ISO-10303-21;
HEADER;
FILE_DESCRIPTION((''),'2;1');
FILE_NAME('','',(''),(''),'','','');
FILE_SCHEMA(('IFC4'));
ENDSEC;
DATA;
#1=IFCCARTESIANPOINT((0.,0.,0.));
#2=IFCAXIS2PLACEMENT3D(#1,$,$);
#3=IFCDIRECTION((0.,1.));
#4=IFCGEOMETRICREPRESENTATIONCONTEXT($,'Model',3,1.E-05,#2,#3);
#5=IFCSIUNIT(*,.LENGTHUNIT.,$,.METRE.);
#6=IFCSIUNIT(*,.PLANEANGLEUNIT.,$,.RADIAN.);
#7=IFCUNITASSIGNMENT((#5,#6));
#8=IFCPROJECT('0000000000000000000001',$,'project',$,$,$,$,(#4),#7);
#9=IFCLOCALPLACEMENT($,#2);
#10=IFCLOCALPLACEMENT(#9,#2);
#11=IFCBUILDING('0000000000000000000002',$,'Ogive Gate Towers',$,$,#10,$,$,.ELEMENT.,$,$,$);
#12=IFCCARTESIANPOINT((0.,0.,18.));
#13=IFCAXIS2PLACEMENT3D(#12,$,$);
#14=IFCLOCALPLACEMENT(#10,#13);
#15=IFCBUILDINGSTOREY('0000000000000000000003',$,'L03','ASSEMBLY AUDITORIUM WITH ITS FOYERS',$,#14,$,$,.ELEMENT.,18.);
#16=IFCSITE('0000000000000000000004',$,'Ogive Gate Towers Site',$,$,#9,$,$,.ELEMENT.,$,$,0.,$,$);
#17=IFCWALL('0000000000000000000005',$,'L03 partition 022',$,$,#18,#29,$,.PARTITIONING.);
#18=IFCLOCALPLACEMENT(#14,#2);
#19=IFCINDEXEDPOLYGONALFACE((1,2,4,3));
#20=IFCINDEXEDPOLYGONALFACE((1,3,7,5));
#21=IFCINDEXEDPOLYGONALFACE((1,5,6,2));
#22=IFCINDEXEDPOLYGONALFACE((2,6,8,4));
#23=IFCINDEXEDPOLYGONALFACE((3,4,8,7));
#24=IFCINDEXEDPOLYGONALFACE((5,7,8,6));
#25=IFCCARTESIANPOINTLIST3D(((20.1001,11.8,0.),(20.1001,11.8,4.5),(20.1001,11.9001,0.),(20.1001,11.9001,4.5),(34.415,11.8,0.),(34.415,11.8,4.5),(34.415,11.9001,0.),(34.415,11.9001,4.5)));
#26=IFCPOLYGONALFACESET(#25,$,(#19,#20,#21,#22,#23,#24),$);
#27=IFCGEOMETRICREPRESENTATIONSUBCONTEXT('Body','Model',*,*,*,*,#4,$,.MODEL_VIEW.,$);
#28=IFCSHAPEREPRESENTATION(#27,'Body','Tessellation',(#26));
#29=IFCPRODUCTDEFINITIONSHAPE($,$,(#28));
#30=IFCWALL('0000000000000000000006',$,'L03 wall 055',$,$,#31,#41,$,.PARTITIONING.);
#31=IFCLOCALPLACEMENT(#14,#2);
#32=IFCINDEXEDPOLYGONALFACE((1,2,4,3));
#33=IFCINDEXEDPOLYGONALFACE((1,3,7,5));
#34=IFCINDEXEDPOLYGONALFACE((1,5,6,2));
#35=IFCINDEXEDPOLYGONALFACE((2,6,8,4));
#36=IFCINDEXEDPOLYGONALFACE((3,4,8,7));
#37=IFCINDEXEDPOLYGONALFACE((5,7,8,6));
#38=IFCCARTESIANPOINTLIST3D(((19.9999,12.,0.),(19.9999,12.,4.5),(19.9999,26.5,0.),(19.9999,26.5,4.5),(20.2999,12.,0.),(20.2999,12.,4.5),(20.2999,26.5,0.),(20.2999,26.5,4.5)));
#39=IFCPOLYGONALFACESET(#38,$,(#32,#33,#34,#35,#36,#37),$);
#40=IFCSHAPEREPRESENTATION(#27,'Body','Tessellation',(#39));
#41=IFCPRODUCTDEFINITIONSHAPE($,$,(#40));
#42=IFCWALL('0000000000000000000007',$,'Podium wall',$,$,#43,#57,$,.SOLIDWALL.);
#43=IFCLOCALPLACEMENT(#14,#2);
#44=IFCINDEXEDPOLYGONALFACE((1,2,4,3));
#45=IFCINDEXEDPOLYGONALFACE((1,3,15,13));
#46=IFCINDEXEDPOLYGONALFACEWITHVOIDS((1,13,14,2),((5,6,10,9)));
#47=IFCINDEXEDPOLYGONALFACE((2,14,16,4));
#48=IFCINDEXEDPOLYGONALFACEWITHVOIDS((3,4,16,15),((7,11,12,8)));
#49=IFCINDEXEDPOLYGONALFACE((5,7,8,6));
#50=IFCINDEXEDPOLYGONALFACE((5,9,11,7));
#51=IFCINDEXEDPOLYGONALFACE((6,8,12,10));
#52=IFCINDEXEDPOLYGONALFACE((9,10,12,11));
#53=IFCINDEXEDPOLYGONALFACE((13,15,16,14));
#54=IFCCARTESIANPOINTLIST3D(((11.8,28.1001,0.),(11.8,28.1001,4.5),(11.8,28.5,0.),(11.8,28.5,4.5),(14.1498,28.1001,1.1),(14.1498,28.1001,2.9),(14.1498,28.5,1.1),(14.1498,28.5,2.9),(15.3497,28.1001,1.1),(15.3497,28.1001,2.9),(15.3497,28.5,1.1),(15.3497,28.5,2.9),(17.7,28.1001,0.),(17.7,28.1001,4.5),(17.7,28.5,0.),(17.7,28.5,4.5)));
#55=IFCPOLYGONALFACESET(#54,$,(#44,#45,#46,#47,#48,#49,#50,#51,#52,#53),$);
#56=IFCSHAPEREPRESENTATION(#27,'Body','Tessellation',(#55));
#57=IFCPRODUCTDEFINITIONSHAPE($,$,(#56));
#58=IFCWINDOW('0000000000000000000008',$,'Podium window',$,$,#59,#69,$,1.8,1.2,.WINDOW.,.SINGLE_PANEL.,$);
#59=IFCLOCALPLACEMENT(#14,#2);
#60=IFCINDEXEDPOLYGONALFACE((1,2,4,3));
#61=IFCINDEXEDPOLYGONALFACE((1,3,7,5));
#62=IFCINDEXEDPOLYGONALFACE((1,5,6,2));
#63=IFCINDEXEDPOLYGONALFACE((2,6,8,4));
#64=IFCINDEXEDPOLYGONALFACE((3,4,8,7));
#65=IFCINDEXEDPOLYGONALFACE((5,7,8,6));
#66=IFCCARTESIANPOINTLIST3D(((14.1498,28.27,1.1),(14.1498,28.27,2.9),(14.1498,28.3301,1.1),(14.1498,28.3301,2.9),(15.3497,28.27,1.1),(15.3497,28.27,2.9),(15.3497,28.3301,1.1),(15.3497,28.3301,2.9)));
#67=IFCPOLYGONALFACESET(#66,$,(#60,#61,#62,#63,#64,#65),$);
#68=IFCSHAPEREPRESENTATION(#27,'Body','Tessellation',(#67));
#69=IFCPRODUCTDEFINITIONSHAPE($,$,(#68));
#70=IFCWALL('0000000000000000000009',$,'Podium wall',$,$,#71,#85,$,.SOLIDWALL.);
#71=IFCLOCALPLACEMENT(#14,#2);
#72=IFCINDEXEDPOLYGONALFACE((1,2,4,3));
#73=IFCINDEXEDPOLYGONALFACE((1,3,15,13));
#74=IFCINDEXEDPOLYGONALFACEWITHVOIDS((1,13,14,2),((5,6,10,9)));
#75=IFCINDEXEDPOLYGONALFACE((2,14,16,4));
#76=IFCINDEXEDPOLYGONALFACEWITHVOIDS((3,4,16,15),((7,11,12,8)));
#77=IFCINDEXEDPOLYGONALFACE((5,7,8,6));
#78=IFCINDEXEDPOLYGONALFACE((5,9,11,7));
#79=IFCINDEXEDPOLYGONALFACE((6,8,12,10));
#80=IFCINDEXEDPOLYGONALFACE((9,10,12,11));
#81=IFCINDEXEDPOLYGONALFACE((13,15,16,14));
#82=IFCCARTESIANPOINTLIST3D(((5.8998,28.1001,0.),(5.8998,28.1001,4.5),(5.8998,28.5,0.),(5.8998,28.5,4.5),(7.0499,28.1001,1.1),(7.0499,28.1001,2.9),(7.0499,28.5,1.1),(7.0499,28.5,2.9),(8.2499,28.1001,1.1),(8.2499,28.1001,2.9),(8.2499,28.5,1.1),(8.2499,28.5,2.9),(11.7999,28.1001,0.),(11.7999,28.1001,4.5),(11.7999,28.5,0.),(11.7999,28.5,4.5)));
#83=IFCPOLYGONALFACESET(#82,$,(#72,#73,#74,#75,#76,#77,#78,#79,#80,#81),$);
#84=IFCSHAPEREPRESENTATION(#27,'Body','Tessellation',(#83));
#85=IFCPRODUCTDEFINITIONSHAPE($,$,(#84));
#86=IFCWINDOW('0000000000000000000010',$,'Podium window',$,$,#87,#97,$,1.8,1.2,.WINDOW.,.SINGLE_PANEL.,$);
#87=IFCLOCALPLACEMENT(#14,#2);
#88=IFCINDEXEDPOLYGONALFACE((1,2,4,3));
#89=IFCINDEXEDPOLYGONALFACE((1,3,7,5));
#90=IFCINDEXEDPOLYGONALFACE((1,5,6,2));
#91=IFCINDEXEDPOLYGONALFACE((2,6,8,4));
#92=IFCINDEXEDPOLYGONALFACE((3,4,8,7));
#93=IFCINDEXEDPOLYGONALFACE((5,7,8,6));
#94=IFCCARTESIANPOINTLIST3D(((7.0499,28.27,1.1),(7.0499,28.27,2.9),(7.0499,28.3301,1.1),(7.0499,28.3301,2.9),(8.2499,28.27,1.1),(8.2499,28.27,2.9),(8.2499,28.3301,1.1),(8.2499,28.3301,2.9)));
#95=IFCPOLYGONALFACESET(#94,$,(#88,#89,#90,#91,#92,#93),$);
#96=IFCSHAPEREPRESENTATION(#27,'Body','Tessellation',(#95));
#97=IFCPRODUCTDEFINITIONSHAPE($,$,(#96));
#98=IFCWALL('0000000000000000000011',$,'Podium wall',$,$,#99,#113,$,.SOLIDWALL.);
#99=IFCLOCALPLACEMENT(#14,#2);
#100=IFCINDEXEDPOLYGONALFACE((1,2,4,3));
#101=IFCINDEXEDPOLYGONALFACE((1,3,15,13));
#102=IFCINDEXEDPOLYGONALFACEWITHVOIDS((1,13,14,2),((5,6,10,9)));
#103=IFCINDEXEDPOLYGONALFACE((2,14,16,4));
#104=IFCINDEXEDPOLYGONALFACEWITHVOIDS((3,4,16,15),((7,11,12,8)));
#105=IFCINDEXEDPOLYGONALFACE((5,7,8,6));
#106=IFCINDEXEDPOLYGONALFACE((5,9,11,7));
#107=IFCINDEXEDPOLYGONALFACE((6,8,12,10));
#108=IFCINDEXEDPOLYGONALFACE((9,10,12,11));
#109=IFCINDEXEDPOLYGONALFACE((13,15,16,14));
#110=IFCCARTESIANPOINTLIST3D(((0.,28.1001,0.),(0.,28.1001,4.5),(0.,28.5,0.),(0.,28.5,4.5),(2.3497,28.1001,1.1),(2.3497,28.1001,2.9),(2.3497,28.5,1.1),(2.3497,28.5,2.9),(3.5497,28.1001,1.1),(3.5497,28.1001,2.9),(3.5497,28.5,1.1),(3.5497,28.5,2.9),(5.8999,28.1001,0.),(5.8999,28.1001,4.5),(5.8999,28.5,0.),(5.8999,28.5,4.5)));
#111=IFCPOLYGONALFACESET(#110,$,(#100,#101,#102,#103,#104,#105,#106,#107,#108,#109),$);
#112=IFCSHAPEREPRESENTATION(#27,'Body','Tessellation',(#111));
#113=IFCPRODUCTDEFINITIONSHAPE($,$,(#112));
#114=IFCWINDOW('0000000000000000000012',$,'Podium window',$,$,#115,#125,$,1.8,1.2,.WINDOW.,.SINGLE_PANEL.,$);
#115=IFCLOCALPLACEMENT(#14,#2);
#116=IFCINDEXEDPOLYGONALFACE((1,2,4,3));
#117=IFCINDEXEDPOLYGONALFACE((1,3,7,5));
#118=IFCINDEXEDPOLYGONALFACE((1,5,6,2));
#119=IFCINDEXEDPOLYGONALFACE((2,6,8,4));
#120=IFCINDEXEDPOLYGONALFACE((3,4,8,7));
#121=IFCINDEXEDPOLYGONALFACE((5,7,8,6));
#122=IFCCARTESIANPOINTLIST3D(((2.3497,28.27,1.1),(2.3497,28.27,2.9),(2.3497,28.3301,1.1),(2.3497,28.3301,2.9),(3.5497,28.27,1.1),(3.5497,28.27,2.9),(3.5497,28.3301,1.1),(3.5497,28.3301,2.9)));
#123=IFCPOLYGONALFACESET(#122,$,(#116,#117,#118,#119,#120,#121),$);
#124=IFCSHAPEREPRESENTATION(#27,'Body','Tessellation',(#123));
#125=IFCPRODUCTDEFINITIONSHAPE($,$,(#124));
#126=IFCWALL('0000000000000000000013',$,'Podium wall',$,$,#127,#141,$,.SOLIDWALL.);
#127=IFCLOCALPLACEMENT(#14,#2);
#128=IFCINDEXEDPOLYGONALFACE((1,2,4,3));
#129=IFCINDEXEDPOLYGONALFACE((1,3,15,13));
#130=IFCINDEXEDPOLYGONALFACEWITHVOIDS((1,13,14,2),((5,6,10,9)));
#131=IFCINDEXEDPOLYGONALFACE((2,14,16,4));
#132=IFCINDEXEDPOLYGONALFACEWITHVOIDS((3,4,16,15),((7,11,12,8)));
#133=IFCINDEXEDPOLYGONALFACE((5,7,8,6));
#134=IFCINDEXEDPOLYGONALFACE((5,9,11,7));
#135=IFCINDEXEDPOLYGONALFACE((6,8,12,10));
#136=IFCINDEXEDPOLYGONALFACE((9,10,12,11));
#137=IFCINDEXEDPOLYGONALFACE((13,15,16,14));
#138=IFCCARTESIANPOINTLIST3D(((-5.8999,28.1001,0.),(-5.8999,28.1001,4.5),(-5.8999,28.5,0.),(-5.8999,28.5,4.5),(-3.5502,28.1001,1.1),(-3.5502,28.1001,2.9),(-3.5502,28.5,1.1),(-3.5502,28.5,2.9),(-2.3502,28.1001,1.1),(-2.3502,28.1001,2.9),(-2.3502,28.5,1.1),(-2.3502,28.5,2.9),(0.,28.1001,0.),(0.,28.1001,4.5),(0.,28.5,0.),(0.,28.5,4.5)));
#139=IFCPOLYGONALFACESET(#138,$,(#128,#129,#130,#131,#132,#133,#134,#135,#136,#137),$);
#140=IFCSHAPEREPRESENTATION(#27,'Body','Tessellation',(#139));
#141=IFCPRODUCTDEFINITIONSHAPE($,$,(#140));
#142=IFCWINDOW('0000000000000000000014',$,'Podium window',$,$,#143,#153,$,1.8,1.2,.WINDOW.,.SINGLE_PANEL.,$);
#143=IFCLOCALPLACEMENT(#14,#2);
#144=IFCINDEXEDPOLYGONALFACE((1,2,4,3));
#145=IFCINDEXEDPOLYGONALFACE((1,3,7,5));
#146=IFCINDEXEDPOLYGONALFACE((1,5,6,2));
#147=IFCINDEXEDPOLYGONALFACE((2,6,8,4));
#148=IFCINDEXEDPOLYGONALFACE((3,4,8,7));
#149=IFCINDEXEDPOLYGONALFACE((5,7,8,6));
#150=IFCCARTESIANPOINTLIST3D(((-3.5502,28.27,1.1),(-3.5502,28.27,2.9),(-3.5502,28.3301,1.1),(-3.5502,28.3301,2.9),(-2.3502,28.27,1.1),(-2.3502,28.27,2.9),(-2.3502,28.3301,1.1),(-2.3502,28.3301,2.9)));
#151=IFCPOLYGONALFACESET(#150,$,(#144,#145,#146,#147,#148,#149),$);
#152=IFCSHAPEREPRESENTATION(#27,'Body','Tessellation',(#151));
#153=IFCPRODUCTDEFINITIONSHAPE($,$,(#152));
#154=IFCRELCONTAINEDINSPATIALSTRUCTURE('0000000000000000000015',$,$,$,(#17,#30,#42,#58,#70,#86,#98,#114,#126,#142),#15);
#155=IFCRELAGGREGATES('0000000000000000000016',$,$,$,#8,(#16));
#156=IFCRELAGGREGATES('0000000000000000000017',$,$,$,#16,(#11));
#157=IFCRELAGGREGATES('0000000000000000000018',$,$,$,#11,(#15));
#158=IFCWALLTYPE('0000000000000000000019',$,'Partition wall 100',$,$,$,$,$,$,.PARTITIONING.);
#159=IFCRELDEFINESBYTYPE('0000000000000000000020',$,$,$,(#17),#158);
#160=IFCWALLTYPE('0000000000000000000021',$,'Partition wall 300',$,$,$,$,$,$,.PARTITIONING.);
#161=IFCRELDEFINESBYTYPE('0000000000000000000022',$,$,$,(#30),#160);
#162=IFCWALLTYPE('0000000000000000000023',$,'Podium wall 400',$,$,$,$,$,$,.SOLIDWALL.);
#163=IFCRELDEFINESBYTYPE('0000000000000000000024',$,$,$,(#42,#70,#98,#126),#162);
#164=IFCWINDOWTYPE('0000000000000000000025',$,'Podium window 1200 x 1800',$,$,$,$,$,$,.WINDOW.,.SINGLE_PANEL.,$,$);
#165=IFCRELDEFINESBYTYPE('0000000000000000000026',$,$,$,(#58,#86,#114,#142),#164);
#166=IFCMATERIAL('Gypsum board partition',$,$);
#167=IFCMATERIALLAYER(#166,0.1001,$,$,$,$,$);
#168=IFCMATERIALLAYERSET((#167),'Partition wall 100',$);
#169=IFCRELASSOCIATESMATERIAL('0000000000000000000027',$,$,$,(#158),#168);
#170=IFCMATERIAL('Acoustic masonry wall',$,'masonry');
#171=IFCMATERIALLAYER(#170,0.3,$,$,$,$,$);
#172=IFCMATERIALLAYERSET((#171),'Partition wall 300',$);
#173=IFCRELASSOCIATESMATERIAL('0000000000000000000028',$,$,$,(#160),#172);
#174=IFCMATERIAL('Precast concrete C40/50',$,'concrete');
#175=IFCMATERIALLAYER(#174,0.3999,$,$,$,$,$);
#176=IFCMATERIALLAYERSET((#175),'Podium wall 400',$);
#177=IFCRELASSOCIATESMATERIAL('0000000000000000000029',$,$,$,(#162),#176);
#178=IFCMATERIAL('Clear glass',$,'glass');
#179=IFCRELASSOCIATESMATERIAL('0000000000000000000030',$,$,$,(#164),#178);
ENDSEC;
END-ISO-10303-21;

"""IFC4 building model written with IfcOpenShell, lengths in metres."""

from ifc_helpers import new_model, si_unit, direction, frame, frame_2d, origin, place, context, subcontext, project, spatial, rectangle, extrude, material, layer, layer_set, type_object, element, fill, save


model = new_model("IFC4")

# Units and contexts
model_context = context("Model", 3, precision=1e-05, world=origin(), true_north=direction((0.0, 1.0)))
body_context = subcontext(model_context, "Body", "Model", "MODEL_VIEW")
ifc_project = project(units=[si_unit("LENGTHUNIT", "METRE"), si_unit("PLANEANGLEUNIT", "RADIAN")], contexts=[model_context])

# Site, building, storey
site_placement = place(None, origin())
site = spatial("IfcSite", under=ifc_project, at=site_placement, Name="Ogive Gate Towers Site", CompositionType="ELEMENT", RefElevation=0.0)
building_placement = place(site_placement, origin())
building = spatial("IfcBuilding", under=site, at=building_placement, Name="Ogive Gate Towers", CompositionType="ELEMENT")
storey_placement = place(building_placement, frame((0.0, 0.0, 18.0)))
storey = spatial("IfcBuildingStorey", under=building, at=storey_placement, Name="L03", Description="ASSEMBLY AUDITORIUM WITH ITS FOYERS", CompositionType="ELEMENT", Elevation=18.0)

# Walls
ifc_material_1 = material(Name="Gypsum board partition")
ifc_layer_1 = layer(ifc_material_1, 0.1001)
ifc_layer_set_1 = layer_set([ifc_layer_1], Name="Partition wall 100")
wall_type_1 = type_object("IfcWallType", Name="Partition wall 100", PredefinedType="PARTITIONING", material=ifc_layer_set_1)
wall_1_placement = place(storey_placement, frame((20.1001, 11.8501, 0.0), z_axis=(0.0, 0.0, 1.0), x_axis=(1.0, 0.0, 0.0)))
element("IfcWall", 1, at=wall_1_placement, inside=storey, type_object=wall_type_1, Name="L03 partition 022", PredefinedType="PARTITIONING", context=body_context, shape_type="SweptSolid", body=[
    extrude(rectangle(XDim=14.3149, YDim=0.1001, at=frame_2d((7.1575, 0.0))), origin(), (0.0, 0.0, 1.0), 4.5),
])
ifc_material_2 = material(Name="Acoustic masonry wall", Category="masonry")
ifc_layer_2 = layer(ifc_material_2, 0.3)
ifc_layer_set_2 = layer_set([ifc_layer_2], Name="Partition wall 300")
wall_type_2 = type_object("IfcWallType", Name="Partition wall 300", PredefinedType="PARTITIONING", material=ifc_layer_set_2)
wall_2_placement = place(storey_placement, frame((20.1499, 12.0, 0.0), z_axis=(0.0, 0.0, 1.0), x_axis=(0.0, 1.0, 0.0)))
element("IfcWall", 2, at=wall_2_placement, inside=storey, type_object=wall_type_2, Name="L03 wall 055", PredefinedType="PARTITIONING", context=body_context, shape_type="SweptSolid", body=[
    extrude(rectangle(XDim=14.5, YDim=0.3, at=frame_2d((7.25, 0.0))), origin(), (0.0, 0.0, 1.0), 4.5),
])

# Walls, openings, windows
ifc_material_3 = material(Name="Precast concrete C40/50", Category="concrete")
ifc_layer_3 = layer(ifc_material_3, 0.3999)
ifc_layer_set_3 = layer_set([ifc_layer_3], Name="Podium wall 400")
wall_type_3 = type_object("IfcWallType", Name="Podium wall 400", PredefinedType="SOLIDWALL", material=ifc_layer_set_3)
wall_3_placement = place(storey_placement, frame((17.7, 28.3, 0.0), z_axis=(0.0, 0.0, 1.0), x_axis=(-1.0, 0.0, 0.0)))
wall_3 = element("IfcWall", 3, at=wall_3_placement, inside=storey, type_object=wall_type_3, Name="Podium wall", PredefinedType="SOLIDWALL", context=body_context, shape_type="SweptSolid", body=[
    extrude(rectangle(XDim=5.8999, YDim=0.3999, at=frame_2d((2.95, 0.0))), origin(), (0.0, 0.0, 1.0), 4.5),
])
opening_1_placement = place(wall_3_placement, frame((2.3501, 0.0, 1.1001)))
opening_1 = element("IfcOpeningElement", 4, at=opening_1_placement, cuts=wall_3, PredefinedType="OPENING", context=body_context, shape_type="SweptSolid", body=[
    extrude(rectangle(XDim=1.2, YDim=1.8, at=frame_2d((0.6001, 0.8999))), frame((0.0, 0.21, 0.0), z_axis=(0.0, -1.0, 0.0), x_axis=(1.0, 0.0, 0.0)), (0.0, 0.0, 1.0), 0.4199),
])
ifc_material_4 = material(Name="Clear glass", Category="glass")
window_type = type_object("IfcWindowType", Name="Podium window 1200 x 1800", PartitioningType="SINGLE_PANEL", PredefinedType="WINDOW", material=ifc_material_4)
window_1_placement = place(opening_1_placement, origin())
window_1 = element("IfcWindow", 5, at=window_1_placement, inside=storey, type_object=window_type, Name="Podium window", OverallHeight=1.8, OverallWidth=1.2, PartitioningType="SINGLE_PANEL", PredefinedType="WINDOW", context=body_context, shape_type="SweptSolid", body=[
    extrude(rectangle(XDim=1.2, YDim=1.8, at=frame_2d((0.6001, 0.8999))), frame((0.0, 0.03, 0.0), z_axis=(0.0, -1.0, 0.0), x_axis=(1.0, 0.0, 0.0)), (0.0, 0.0, 1.0), 0.0601),
])
fill(opening_1, window_1)
wall_4_placement = place(storey_placement, frame((11.8, 28.3, 0.0), z_axis=(0.0, 0.0, 1.0), x_axis=(-1.0, 0.0, 0.0)))
wall_4 = element("IfcWall", 6, at=wall_4_placement, inside=storey, type_object=wall_type_3, Name="Podium wall", PredefinedType="SOLIDWALL", context=body_context, shape_type="SweptSolid", body=[
    extrude(rectangle(XDim=5.9001, YDim=0.3999, at=frame_2d((2.9502, 0.0))), origin(), (0.0, 0.0, 1.0), 4.5),
])
opening_2_placement = place(wall_4_placement, frame((3.55, 0.0, 1.1001)))
opening_2 = element("IfcOpeningElement", 7, at=opening_2_placement, cuts=wall_4, PredefinedType="OPENING", context=body_context, shape_type="SweptSolid", body=[
    extrude(rectangle(XDim=1.2, YDim=1.8, at=frame_2d((0.6001, 0.8999))), frame((0.0, 0.21, 0.0), z_axis=(0.0, -1.0, 0.0), x_axis=(1.0, 0.0, 0.0)), (0.0, 0.0, 1.0), 0.4199),
])
window_2_placement = place(opening_2_placement, origin())
window_2 = element("IfcWindow", 8, at=window_2_placement, inside=storey, type_object=window_type, Name="Podium window", OverallHeight=1.8, OverallWidth=1.2, PartitioningType="SINGLE_PANEL", PredefinedType="WINDOW", context=body_context, shape_type="SweptSolid", body=[
    extrude(rectangle(XDim=1.2, YDim=1.8, at=frame_2d((0.6001, 0.8999))), frame((0.0, 0.03, 0.0), z_axis=(0.0, -1.0, 0.0), x_axis=(1.0, 0.0, 0.0)), (0.0, 0.0, 1.0), 0.0601),
])
fill(opening_2, window_2)
wall_5_placement = place(storey_placement, frame((5.8999, 28.3, 0.0), z_axis=(0.0, 0.0, 1.0), x_axis=(-1.0, 0.0, 0.0)))
wall_5 = element("IfcWall", 9, at=wall_5_placement, inside=storey, type_object=wall_type_3, Name="Podium wall", PredefinedType="SOLIDWALL", context=body_context, shape_type="SweptSolid", body=[
    extrude(rectangle(XDim=5.8999, YDim=0.3999, at=frame_2d((2.95, 0.0))), origin(), (0.0, 0.0, 1.0), 4.5),
])
opening_3_placement = place(wall_5_placement, frame((2.3501, 0.0, 1.1001)))
opening_3 = element("IfcOpeningElement", 10, at=opening_3_placement, cuts=wall_5, PredefinedType="OPENING", context=body_context, shape_type="SweptSolid", body=[
    extrude(rectangle(XDim=1.2, YDim=1.8, at=frame_2d((0.6001, 0.8999))), frame((0.0, 0.21, 0.0), z_axis=(0.0, -1.0, 0.0), x_axis=(1.0, 0.0, 0.0)), (0.0, 0.0, 1.0), 0.4199),
])
window_3_placement = place(opening_3_placement, origin())
window_3 = element("IfcWindow", 11, at=window_3_placement, inside=storey, type_object=window_type, Name="Podium window", OverallHeight=1.8, OverallWidth=1.2, PartitioningType="SINGLE_PANEL", PredefinedType="WINDOW", context=body_context, shape_type="SweptSolid", body=[
    extrude(rectangle(XDim=1.2, YDim=1.8, at=frame_2d((0.6001, 0.8999))), frame((0.0, 0.03, 0.0), z_axis=(0.0, -1.0, 0.0), x_axis=(1.0, 0.0, 0.0)), (0.0, 0.0, 1.0), 0.0601),
])
fill(opening_3, window_3)
wall_6_placement = place(storey_placement, frame((0.0, 28.3, 0.0), z_axis=(0.0, 0.0, 1.0), x_axis=(-1.0, 0.0, 0.0)))
wall_6 = element("IfcWall", 12, at=wall_6_placement, inside=storey, type_object=wall_type_3, Name="Podium wall", PredefinedType="SOLIDWALL", context=body_context, shape_type="SweptSolid", body=[
    extrude(rectangle(XDim=5.8999, YDim=0.3999, at=frame_2d((2.95, 0.0))), origin(), (0.0, 0.0, 1.0), 4.5),
])
opening_4_placement = place(wall_6_placement, frame((2.3501, 0.0, 1.1001)))
opening_4 = element("IfcOpeningElement", 13, at=opening_4_placement, cuts=wall_6, PredefinedType="OPENING", context=body_context, shape_type="SweptSolid", body=[
    extrude(rectangle(XDim=1.2, YDim=1.8, at=frame_2d((0.6001, 0.8999))), frame((0.0, 0.21, 0.0), z_axis=(0.0, -1.0, 0.0), x_axis=(1.0, 0.0, 0.0)), (0.0, 0.0, 1.0), 0.4199),
])
window_4_placement = place(opening_4_placement, origin())
window_4 = element("IfcWindow", 14, at=window_4_placement, inside=storey, type_object=window_type, Name="Podium window", OverallHeight=1.8, OverallWidth=1.2, PartitioningType="SINGLE_PANEL", PredefinedType="WINDOW", context=body_context, shape_type="SweptSolid", body=[
    extrude(rectangle(XDim=1.2, YDim=1.8, at=frame_2d((0.6001, 0.8999))), frame((0.0, 0.03, 0.0), z_axis=(0.0, -1.0, 0.0), x_axis=(1.0, 0.0, 0.0)), (0.0, 0.0, 1.0), 0.0601),
])
fill(opening_4, window_4)

save(model, "model.ifc")
